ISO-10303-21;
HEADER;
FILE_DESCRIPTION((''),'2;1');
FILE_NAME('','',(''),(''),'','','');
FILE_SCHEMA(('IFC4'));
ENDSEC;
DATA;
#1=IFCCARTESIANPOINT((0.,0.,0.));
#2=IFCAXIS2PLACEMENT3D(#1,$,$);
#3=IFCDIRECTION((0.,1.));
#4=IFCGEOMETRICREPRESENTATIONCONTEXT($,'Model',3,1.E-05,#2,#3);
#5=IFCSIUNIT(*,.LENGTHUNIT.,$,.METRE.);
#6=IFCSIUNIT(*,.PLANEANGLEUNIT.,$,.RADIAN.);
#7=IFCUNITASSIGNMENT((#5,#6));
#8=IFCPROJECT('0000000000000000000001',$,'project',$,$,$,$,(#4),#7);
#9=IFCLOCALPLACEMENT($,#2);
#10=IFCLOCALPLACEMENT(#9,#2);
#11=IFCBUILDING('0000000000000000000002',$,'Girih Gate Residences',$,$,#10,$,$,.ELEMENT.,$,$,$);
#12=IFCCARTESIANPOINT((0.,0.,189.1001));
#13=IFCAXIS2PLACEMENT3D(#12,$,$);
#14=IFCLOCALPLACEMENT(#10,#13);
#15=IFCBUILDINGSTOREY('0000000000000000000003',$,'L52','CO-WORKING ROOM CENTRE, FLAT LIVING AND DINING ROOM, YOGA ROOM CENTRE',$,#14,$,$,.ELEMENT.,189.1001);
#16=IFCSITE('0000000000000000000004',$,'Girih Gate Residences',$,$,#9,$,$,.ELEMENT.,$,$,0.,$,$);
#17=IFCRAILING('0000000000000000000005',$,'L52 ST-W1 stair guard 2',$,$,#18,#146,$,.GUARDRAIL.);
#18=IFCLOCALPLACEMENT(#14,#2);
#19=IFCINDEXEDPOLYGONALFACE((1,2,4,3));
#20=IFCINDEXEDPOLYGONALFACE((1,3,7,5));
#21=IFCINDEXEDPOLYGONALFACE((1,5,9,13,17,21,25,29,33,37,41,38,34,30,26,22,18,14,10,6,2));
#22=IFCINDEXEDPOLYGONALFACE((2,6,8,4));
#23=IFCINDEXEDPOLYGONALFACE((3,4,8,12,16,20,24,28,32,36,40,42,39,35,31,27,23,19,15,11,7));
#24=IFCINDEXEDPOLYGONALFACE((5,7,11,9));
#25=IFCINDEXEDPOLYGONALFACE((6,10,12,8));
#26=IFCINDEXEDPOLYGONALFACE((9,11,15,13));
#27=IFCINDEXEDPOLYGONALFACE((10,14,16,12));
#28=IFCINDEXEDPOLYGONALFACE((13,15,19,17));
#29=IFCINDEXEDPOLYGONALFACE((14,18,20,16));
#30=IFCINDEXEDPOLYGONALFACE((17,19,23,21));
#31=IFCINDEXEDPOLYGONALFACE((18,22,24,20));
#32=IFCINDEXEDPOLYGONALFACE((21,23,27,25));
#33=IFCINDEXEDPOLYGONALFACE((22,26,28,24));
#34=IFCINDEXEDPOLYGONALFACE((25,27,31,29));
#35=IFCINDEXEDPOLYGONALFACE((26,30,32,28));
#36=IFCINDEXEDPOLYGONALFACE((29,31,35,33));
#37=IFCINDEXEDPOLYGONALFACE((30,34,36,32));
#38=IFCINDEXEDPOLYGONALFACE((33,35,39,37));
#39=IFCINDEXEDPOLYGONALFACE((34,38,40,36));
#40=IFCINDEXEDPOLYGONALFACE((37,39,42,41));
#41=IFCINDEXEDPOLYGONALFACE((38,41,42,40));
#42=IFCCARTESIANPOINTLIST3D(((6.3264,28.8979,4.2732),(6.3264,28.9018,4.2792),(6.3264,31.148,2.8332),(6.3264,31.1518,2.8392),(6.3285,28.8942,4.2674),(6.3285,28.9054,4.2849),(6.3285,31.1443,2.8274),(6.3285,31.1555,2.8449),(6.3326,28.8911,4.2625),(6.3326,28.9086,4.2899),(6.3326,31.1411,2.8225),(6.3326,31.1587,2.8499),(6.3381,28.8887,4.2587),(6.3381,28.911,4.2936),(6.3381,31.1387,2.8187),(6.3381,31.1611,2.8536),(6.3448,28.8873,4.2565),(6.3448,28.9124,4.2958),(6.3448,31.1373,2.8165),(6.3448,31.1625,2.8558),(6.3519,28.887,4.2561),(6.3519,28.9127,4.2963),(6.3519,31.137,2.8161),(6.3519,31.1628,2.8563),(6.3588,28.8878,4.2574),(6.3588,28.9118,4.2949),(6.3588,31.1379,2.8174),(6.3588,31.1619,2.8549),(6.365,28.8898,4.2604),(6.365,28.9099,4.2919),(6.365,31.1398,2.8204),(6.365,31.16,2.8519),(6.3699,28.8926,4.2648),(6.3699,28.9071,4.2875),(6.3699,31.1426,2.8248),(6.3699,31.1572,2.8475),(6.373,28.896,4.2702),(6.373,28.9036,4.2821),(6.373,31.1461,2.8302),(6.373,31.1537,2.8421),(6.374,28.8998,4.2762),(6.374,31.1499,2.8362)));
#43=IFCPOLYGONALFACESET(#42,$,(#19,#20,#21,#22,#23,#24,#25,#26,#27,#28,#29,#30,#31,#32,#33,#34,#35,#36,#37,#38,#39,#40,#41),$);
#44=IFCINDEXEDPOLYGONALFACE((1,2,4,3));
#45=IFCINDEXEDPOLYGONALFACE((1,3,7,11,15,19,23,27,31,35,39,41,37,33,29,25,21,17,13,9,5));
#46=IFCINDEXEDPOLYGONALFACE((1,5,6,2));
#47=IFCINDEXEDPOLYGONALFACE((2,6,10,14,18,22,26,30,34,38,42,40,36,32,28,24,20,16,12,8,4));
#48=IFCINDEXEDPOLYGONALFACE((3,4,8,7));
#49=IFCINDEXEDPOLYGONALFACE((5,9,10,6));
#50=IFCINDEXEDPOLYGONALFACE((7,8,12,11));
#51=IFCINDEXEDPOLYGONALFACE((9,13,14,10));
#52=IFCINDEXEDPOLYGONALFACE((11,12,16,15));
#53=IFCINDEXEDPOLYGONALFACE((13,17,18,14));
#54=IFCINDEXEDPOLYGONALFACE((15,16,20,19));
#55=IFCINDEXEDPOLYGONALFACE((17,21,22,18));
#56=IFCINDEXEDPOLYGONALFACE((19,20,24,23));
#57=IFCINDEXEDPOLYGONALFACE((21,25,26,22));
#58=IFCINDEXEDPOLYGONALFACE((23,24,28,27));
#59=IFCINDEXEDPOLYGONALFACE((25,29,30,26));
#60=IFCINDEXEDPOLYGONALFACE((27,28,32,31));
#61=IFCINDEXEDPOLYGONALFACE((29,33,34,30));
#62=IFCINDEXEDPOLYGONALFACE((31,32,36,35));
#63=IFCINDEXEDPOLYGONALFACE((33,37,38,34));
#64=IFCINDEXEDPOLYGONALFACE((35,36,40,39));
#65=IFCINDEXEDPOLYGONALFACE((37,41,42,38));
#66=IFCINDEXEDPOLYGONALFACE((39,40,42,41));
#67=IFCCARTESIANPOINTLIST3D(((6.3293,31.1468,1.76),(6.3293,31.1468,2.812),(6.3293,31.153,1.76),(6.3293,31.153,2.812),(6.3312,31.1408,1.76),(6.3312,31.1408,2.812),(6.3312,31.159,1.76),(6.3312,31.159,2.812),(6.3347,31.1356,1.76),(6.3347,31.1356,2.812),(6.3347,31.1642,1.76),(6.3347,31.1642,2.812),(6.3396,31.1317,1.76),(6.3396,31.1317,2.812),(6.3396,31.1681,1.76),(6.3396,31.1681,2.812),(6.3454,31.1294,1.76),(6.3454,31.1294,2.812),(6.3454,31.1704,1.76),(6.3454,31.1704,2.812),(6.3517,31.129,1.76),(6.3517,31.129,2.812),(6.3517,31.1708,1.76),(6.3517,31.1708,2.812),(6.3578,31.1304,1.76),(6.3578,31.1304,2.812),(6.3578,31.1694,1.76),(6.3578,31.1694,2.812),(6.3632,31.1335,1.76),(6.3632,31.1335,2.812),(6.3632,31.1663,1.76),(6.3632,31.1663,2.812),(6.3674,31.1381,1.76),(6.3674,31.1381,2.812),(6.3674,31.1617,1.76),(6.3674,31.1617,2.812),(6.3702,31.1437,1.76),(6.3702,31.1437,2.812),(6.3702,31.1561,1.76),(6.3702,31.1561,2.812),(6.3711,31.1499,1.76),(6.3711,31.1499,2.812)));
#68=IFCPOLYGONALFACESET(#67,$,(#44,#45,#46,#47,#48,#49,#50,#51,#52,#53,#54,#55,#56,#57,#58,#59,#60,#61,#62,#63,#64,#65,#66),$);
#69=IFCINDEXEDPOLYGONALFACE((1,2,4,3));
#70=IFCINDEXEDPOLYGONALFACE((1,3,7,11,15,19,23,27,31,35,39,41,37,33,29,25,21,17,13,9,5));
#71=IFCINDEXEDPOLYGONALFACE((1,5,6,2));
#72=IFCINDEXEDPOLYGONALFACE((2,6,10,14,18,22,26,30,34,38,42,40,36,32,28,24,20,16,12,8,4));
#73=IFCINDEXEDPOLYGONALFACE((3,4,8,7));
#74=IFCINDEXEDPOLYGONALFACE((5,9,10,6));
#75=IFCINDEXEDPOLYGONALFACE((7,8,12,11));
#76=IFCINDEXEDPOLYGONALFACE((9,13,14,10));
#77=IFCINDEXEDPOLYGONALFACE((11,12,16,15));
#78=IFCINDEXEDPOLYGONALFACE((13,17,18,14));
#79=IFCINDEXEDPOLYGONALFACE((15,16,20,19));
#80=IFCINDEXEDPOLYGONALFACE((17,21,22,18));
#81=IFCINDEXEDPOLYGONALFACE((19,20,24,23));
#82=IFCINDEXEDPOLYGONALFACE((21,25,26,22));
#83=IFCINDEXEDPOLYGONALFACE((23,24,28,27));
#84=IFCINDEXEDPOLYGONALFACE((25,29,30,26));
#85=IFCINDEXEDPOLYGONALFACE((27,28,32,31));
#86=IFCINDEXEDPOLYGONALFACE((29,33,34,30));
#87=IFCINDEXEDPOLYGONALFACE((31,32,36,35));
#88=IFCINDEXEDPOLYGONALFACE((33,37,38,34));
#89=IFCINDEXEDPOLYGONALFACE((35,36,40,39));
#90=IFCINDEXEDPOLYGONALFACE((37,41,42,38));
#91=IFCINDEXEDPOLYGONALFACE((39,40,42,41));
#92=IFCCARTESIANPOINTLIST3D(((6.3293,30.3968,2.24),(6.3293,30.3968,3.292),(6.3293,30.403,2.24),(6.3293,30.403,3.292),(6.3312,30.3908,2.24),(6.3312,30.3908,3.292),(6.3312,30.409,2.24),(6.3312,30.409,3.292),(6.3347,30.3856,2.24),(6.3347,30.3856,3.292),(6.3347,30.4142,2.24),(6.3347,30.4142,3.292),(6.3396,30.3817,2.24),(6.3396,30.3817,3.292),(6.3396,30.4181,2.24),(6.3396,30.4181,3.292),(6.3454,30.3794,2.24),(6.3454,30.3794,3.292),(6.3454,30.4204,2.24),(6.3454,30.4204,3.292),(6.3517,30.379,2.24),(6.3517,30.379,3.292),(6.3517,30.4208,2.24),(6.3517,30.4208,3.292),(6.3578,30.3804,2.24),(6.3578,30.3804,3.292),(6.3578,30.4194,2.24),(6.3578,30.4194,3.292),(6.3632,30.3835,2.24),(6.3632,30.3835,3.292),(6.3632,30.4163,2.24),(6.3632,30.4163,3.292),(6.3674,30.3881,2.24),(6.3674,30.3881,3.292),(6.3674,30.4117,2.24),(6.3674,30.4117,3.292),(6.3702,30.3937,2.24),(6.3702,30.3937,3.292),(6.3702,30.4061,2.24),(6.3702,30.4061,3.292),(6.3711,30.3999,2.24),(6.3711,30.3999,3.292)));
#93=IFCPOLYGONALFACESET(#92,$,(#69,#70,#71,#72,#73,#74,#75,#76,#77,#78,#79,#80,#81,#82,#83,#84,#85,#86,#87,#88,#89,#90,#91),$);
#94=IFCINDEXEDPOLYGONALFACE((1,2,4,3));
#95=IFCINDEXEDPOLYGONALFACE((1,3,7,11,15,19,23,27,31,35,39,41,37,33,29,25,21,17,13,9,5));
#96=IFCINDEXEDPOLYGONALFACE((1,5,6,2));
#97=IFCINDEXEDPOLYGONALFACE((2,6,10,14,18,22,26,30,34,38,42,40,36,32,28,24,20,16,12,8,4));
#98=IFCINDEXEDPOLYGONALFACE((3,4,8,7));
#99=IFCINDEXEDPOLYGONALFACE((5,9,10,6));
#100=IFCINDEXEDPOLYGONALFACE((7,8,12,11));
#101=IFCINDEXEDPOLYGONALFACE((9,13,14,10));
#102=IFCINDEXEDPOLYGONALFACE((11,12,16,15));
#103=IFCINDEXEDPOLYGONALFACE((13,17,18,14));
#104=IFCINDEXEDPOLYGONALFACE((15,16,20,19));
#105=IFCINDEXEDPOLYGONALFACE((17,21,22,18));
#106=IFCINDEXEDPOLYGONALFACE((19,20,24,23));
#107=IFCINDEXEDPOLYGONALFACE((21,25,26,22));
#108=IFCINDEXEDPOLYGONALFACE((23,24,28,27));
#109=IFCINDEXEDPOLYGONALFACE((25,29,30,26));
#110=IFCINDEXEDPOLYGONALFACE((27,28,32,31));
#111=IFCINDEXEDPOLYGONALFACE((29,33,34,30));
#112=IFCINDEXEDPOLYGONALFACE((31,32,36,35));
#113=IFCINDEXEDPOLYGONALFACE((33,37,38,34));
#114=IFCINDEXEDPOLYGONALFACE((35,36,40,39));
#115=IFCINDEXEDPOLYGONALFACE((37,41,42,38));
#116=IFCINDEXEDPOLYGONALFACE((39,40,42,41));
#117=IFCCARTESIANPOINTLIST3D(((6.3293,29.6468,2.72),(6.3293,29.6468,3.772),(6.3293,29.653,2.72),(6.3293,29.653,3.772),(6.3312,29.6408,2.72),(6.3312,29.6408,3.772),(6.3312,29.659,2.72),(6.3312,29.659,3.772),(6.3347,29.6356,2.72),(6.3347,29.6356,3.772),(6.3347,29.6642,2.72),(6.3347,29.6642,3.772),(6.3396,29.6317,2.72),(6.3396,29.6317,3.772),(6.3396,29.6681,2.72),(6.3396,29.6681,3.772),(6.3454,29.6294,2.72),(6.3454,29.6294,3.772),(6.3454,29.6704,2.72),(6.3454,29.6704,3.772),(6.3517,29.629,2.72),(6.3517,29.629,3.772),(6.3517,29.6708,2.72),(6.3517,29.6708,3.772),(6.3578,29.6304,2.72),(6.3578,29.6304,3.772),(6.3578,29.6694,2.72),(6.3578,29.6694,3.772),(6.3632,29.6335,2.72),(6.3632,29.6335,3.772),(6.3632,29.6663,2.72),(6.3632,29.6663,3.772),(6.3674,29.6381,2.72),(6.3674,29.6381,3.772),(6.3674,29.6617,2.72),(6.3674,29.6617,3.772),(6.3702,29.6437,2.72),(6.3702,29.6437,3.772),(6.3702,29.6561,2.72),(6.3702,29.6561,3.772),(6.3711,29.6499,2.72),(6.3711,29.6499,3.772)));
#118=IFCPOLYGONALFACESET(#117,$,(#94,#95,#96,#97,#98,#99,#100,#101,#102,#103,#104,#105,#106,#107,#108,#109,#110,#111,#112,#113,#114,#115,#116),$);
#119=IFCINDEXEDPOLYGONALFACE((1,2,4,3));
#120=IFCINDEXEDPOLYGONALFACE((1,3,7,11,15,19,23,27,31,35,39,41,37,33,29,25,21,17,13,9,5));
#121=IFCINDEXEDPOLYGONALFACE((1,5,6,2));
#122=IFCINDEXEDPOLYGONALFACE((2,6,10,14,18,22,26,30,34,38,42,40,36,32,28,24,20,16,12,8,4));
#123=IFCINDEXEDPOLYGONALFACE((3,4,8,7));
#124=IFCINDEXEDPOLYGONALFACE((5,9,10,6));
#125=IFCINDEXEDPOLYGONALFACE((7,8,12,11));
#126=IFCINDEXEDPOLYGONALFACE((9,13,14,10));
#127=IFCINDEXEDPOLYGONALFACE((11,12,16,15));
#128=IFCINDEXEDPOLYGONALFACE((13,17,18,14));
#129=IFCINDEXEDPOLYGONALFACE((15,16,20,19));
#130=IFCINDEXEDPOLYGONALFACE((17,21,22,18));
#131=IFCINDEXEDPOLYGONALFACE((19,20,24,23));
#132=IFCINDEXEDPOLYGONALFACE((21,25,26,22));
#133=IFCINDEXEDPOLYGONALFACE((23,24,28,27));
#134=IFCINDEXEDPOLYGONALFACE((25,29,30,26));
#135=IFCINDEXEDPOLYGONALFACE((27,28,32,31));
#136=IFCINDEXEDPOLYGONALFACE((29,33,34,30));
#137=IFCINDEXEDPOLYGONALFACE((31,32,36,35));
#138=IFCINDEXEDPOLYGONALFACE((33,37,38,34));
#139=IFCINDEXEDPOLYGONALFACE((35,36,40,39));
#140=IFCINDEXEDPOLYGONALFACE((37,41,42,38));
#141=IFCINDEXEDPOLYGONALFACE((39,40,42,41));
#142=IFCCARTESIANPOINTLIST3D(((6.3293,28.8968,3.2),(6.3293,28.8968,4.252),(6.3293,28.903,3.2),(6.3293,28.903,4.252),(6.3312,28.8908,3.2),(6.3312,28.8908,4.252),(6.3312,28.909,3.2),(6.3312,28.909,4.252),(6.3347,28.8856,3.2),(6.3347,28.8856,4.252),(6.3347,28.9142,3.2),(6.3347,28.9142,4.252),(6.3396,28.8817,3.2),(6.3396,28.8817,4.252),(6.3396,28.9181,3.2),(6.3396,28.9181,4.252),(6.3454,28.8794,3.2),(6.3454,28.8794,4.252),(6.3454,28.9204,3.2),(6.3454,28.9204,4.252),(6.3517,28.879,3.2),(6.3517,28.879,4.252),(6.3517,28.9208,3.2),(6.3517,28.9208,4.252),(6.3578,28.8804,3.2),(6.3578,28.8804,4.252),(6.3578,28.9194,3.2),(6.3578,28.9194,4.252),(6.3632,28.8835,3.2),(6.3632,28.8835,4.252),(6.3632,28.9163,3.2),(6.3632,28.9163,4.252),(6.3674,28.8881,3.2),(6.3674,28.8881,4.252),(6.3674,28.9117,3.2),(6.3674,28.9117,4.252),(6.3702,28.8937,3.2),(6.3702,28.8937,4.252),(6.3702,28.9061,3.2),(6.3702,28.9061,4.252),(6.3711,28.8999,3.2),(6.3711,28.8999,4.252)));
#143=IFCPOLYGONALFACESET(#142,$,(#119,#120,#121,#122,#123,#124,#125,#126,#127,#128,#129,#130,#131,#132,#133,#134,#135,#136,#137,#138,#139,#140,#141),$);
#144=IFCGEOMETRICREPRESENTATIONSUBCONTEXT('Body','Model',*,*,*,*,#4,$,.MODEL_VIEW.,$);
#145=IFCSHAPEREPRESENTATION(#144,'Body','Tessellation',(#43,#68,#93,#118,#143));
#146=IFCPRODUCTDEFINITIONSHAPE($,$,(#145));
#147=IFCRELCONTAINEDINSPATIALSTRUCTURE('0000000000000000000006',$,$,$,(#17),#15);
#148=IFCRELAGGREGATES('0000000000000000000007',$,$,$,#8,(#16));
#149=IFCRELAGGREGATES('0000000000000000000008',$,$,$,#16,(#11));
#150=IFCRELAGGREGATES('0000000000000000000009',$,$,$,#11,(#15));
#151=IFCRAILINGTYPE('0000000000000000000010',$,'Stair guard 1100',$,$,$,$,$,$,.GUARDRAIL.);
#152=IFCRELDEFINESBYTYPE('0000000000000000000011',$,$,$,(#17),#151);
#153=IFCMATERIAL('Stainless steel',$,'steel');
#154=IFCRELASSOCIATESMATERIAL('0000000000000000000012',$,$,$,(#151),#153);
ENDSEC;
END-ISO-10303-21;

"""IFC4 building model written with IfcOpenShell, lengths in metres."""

from ifc_helpers import new_model, si_unit, direction, frame, origin, origin_2d, place, context, subcontext, project, spatial, circle, extrude, material, type_object, element, save


model = new_model("IFC4")

# Units and contexts
model_context = context("Model", 3, precision=1e-05, world=origin(), true_north=direction((0.0, 1.0)))
body_context = subcontext(model_context, "Body", "Model", "MODEL_VIEW")
ifc_project = project(units=[si_unit("LENGTHUNIT", "METRE"), si_unit("PLANEANGLEUNIT", "RADIAN")], contexts=[model_context])

# Site, building, storey
site_placement = place(None, origin())
site = spatial("IfcSite", under=ifc_project, at=site_placement, Name="Girih Gate Residences", CompositionType="ELEMENT", RefElevation=0.0)
building_placement = place(site_placement, origin())
building = spatial("IfcBuilding", under=site, at=building_placement, Name="Girih Gate Residences", CompositionType="ELEMENT")
storey_placement = place(building_placement, frame((0.0, 0.0, 189.1001)))
storey = spatial("IfcBuildingStorey", under=building, at=storey_placement, Name="L52", Description="CO-WORKING ROOM CENTRE, FLAT LIVING AND DINING ROOM, YOGA ROOM CENTRE", CompositionType="ELEMENT", Elevation=189.1001)

# Railing
ifc_material_1 = material(Name="Stainless steel", Category="steel")
railing_type_1 = type_object("IfcRailingType", Name="Stair guard 1100", PredefinedType="GUARDRAIL", material=ifc_material_1)
railing_1_placement = place(storey_placement, frame((6.3501, 31.1499, 1.76)))
element("IfcRailing", 1, at=railing_1_placement, inside=storey, type_object=railing_type_1, Name="L52 ST-W1 stair guard 2", PredefinedType="GUARDRAIL", context=body_context, shape_type="SweptSolid", body=[
    extrude(circle(Radius=0.0239, at=origin_2d()), frame((0.0, 0.0, 1.0762), z_axis=(0.0, -0.842281, 0.539038), x_axis=(1.0, 0.0, 0.0)), (0.0, 0.0, 1.0), 2.6714),
    extrude(circle(Radius=0.021, at=origin_2d()), origin(), (0.0, 0.0, 1.0), 1.052),
    extrude(circle(Radius=0.021, at=origin_2d()), frame((0.0, -0.75, 0.48)), (0.0, 0.0, 1.0), 1.052),
    extrude(circle(Radius=0.021, at=origin_2d()), frame((0.0, -1.5, 0.96)), (0.0, 0.0, 1.0), 1.052),
    extrude(circle(Radius=0.021, at=origin_2d()), frame((0.0, -2.25, 1.4399)), (0.0, 0.0, 1.0), 1.052),
])

save(model, "model.ifc")
